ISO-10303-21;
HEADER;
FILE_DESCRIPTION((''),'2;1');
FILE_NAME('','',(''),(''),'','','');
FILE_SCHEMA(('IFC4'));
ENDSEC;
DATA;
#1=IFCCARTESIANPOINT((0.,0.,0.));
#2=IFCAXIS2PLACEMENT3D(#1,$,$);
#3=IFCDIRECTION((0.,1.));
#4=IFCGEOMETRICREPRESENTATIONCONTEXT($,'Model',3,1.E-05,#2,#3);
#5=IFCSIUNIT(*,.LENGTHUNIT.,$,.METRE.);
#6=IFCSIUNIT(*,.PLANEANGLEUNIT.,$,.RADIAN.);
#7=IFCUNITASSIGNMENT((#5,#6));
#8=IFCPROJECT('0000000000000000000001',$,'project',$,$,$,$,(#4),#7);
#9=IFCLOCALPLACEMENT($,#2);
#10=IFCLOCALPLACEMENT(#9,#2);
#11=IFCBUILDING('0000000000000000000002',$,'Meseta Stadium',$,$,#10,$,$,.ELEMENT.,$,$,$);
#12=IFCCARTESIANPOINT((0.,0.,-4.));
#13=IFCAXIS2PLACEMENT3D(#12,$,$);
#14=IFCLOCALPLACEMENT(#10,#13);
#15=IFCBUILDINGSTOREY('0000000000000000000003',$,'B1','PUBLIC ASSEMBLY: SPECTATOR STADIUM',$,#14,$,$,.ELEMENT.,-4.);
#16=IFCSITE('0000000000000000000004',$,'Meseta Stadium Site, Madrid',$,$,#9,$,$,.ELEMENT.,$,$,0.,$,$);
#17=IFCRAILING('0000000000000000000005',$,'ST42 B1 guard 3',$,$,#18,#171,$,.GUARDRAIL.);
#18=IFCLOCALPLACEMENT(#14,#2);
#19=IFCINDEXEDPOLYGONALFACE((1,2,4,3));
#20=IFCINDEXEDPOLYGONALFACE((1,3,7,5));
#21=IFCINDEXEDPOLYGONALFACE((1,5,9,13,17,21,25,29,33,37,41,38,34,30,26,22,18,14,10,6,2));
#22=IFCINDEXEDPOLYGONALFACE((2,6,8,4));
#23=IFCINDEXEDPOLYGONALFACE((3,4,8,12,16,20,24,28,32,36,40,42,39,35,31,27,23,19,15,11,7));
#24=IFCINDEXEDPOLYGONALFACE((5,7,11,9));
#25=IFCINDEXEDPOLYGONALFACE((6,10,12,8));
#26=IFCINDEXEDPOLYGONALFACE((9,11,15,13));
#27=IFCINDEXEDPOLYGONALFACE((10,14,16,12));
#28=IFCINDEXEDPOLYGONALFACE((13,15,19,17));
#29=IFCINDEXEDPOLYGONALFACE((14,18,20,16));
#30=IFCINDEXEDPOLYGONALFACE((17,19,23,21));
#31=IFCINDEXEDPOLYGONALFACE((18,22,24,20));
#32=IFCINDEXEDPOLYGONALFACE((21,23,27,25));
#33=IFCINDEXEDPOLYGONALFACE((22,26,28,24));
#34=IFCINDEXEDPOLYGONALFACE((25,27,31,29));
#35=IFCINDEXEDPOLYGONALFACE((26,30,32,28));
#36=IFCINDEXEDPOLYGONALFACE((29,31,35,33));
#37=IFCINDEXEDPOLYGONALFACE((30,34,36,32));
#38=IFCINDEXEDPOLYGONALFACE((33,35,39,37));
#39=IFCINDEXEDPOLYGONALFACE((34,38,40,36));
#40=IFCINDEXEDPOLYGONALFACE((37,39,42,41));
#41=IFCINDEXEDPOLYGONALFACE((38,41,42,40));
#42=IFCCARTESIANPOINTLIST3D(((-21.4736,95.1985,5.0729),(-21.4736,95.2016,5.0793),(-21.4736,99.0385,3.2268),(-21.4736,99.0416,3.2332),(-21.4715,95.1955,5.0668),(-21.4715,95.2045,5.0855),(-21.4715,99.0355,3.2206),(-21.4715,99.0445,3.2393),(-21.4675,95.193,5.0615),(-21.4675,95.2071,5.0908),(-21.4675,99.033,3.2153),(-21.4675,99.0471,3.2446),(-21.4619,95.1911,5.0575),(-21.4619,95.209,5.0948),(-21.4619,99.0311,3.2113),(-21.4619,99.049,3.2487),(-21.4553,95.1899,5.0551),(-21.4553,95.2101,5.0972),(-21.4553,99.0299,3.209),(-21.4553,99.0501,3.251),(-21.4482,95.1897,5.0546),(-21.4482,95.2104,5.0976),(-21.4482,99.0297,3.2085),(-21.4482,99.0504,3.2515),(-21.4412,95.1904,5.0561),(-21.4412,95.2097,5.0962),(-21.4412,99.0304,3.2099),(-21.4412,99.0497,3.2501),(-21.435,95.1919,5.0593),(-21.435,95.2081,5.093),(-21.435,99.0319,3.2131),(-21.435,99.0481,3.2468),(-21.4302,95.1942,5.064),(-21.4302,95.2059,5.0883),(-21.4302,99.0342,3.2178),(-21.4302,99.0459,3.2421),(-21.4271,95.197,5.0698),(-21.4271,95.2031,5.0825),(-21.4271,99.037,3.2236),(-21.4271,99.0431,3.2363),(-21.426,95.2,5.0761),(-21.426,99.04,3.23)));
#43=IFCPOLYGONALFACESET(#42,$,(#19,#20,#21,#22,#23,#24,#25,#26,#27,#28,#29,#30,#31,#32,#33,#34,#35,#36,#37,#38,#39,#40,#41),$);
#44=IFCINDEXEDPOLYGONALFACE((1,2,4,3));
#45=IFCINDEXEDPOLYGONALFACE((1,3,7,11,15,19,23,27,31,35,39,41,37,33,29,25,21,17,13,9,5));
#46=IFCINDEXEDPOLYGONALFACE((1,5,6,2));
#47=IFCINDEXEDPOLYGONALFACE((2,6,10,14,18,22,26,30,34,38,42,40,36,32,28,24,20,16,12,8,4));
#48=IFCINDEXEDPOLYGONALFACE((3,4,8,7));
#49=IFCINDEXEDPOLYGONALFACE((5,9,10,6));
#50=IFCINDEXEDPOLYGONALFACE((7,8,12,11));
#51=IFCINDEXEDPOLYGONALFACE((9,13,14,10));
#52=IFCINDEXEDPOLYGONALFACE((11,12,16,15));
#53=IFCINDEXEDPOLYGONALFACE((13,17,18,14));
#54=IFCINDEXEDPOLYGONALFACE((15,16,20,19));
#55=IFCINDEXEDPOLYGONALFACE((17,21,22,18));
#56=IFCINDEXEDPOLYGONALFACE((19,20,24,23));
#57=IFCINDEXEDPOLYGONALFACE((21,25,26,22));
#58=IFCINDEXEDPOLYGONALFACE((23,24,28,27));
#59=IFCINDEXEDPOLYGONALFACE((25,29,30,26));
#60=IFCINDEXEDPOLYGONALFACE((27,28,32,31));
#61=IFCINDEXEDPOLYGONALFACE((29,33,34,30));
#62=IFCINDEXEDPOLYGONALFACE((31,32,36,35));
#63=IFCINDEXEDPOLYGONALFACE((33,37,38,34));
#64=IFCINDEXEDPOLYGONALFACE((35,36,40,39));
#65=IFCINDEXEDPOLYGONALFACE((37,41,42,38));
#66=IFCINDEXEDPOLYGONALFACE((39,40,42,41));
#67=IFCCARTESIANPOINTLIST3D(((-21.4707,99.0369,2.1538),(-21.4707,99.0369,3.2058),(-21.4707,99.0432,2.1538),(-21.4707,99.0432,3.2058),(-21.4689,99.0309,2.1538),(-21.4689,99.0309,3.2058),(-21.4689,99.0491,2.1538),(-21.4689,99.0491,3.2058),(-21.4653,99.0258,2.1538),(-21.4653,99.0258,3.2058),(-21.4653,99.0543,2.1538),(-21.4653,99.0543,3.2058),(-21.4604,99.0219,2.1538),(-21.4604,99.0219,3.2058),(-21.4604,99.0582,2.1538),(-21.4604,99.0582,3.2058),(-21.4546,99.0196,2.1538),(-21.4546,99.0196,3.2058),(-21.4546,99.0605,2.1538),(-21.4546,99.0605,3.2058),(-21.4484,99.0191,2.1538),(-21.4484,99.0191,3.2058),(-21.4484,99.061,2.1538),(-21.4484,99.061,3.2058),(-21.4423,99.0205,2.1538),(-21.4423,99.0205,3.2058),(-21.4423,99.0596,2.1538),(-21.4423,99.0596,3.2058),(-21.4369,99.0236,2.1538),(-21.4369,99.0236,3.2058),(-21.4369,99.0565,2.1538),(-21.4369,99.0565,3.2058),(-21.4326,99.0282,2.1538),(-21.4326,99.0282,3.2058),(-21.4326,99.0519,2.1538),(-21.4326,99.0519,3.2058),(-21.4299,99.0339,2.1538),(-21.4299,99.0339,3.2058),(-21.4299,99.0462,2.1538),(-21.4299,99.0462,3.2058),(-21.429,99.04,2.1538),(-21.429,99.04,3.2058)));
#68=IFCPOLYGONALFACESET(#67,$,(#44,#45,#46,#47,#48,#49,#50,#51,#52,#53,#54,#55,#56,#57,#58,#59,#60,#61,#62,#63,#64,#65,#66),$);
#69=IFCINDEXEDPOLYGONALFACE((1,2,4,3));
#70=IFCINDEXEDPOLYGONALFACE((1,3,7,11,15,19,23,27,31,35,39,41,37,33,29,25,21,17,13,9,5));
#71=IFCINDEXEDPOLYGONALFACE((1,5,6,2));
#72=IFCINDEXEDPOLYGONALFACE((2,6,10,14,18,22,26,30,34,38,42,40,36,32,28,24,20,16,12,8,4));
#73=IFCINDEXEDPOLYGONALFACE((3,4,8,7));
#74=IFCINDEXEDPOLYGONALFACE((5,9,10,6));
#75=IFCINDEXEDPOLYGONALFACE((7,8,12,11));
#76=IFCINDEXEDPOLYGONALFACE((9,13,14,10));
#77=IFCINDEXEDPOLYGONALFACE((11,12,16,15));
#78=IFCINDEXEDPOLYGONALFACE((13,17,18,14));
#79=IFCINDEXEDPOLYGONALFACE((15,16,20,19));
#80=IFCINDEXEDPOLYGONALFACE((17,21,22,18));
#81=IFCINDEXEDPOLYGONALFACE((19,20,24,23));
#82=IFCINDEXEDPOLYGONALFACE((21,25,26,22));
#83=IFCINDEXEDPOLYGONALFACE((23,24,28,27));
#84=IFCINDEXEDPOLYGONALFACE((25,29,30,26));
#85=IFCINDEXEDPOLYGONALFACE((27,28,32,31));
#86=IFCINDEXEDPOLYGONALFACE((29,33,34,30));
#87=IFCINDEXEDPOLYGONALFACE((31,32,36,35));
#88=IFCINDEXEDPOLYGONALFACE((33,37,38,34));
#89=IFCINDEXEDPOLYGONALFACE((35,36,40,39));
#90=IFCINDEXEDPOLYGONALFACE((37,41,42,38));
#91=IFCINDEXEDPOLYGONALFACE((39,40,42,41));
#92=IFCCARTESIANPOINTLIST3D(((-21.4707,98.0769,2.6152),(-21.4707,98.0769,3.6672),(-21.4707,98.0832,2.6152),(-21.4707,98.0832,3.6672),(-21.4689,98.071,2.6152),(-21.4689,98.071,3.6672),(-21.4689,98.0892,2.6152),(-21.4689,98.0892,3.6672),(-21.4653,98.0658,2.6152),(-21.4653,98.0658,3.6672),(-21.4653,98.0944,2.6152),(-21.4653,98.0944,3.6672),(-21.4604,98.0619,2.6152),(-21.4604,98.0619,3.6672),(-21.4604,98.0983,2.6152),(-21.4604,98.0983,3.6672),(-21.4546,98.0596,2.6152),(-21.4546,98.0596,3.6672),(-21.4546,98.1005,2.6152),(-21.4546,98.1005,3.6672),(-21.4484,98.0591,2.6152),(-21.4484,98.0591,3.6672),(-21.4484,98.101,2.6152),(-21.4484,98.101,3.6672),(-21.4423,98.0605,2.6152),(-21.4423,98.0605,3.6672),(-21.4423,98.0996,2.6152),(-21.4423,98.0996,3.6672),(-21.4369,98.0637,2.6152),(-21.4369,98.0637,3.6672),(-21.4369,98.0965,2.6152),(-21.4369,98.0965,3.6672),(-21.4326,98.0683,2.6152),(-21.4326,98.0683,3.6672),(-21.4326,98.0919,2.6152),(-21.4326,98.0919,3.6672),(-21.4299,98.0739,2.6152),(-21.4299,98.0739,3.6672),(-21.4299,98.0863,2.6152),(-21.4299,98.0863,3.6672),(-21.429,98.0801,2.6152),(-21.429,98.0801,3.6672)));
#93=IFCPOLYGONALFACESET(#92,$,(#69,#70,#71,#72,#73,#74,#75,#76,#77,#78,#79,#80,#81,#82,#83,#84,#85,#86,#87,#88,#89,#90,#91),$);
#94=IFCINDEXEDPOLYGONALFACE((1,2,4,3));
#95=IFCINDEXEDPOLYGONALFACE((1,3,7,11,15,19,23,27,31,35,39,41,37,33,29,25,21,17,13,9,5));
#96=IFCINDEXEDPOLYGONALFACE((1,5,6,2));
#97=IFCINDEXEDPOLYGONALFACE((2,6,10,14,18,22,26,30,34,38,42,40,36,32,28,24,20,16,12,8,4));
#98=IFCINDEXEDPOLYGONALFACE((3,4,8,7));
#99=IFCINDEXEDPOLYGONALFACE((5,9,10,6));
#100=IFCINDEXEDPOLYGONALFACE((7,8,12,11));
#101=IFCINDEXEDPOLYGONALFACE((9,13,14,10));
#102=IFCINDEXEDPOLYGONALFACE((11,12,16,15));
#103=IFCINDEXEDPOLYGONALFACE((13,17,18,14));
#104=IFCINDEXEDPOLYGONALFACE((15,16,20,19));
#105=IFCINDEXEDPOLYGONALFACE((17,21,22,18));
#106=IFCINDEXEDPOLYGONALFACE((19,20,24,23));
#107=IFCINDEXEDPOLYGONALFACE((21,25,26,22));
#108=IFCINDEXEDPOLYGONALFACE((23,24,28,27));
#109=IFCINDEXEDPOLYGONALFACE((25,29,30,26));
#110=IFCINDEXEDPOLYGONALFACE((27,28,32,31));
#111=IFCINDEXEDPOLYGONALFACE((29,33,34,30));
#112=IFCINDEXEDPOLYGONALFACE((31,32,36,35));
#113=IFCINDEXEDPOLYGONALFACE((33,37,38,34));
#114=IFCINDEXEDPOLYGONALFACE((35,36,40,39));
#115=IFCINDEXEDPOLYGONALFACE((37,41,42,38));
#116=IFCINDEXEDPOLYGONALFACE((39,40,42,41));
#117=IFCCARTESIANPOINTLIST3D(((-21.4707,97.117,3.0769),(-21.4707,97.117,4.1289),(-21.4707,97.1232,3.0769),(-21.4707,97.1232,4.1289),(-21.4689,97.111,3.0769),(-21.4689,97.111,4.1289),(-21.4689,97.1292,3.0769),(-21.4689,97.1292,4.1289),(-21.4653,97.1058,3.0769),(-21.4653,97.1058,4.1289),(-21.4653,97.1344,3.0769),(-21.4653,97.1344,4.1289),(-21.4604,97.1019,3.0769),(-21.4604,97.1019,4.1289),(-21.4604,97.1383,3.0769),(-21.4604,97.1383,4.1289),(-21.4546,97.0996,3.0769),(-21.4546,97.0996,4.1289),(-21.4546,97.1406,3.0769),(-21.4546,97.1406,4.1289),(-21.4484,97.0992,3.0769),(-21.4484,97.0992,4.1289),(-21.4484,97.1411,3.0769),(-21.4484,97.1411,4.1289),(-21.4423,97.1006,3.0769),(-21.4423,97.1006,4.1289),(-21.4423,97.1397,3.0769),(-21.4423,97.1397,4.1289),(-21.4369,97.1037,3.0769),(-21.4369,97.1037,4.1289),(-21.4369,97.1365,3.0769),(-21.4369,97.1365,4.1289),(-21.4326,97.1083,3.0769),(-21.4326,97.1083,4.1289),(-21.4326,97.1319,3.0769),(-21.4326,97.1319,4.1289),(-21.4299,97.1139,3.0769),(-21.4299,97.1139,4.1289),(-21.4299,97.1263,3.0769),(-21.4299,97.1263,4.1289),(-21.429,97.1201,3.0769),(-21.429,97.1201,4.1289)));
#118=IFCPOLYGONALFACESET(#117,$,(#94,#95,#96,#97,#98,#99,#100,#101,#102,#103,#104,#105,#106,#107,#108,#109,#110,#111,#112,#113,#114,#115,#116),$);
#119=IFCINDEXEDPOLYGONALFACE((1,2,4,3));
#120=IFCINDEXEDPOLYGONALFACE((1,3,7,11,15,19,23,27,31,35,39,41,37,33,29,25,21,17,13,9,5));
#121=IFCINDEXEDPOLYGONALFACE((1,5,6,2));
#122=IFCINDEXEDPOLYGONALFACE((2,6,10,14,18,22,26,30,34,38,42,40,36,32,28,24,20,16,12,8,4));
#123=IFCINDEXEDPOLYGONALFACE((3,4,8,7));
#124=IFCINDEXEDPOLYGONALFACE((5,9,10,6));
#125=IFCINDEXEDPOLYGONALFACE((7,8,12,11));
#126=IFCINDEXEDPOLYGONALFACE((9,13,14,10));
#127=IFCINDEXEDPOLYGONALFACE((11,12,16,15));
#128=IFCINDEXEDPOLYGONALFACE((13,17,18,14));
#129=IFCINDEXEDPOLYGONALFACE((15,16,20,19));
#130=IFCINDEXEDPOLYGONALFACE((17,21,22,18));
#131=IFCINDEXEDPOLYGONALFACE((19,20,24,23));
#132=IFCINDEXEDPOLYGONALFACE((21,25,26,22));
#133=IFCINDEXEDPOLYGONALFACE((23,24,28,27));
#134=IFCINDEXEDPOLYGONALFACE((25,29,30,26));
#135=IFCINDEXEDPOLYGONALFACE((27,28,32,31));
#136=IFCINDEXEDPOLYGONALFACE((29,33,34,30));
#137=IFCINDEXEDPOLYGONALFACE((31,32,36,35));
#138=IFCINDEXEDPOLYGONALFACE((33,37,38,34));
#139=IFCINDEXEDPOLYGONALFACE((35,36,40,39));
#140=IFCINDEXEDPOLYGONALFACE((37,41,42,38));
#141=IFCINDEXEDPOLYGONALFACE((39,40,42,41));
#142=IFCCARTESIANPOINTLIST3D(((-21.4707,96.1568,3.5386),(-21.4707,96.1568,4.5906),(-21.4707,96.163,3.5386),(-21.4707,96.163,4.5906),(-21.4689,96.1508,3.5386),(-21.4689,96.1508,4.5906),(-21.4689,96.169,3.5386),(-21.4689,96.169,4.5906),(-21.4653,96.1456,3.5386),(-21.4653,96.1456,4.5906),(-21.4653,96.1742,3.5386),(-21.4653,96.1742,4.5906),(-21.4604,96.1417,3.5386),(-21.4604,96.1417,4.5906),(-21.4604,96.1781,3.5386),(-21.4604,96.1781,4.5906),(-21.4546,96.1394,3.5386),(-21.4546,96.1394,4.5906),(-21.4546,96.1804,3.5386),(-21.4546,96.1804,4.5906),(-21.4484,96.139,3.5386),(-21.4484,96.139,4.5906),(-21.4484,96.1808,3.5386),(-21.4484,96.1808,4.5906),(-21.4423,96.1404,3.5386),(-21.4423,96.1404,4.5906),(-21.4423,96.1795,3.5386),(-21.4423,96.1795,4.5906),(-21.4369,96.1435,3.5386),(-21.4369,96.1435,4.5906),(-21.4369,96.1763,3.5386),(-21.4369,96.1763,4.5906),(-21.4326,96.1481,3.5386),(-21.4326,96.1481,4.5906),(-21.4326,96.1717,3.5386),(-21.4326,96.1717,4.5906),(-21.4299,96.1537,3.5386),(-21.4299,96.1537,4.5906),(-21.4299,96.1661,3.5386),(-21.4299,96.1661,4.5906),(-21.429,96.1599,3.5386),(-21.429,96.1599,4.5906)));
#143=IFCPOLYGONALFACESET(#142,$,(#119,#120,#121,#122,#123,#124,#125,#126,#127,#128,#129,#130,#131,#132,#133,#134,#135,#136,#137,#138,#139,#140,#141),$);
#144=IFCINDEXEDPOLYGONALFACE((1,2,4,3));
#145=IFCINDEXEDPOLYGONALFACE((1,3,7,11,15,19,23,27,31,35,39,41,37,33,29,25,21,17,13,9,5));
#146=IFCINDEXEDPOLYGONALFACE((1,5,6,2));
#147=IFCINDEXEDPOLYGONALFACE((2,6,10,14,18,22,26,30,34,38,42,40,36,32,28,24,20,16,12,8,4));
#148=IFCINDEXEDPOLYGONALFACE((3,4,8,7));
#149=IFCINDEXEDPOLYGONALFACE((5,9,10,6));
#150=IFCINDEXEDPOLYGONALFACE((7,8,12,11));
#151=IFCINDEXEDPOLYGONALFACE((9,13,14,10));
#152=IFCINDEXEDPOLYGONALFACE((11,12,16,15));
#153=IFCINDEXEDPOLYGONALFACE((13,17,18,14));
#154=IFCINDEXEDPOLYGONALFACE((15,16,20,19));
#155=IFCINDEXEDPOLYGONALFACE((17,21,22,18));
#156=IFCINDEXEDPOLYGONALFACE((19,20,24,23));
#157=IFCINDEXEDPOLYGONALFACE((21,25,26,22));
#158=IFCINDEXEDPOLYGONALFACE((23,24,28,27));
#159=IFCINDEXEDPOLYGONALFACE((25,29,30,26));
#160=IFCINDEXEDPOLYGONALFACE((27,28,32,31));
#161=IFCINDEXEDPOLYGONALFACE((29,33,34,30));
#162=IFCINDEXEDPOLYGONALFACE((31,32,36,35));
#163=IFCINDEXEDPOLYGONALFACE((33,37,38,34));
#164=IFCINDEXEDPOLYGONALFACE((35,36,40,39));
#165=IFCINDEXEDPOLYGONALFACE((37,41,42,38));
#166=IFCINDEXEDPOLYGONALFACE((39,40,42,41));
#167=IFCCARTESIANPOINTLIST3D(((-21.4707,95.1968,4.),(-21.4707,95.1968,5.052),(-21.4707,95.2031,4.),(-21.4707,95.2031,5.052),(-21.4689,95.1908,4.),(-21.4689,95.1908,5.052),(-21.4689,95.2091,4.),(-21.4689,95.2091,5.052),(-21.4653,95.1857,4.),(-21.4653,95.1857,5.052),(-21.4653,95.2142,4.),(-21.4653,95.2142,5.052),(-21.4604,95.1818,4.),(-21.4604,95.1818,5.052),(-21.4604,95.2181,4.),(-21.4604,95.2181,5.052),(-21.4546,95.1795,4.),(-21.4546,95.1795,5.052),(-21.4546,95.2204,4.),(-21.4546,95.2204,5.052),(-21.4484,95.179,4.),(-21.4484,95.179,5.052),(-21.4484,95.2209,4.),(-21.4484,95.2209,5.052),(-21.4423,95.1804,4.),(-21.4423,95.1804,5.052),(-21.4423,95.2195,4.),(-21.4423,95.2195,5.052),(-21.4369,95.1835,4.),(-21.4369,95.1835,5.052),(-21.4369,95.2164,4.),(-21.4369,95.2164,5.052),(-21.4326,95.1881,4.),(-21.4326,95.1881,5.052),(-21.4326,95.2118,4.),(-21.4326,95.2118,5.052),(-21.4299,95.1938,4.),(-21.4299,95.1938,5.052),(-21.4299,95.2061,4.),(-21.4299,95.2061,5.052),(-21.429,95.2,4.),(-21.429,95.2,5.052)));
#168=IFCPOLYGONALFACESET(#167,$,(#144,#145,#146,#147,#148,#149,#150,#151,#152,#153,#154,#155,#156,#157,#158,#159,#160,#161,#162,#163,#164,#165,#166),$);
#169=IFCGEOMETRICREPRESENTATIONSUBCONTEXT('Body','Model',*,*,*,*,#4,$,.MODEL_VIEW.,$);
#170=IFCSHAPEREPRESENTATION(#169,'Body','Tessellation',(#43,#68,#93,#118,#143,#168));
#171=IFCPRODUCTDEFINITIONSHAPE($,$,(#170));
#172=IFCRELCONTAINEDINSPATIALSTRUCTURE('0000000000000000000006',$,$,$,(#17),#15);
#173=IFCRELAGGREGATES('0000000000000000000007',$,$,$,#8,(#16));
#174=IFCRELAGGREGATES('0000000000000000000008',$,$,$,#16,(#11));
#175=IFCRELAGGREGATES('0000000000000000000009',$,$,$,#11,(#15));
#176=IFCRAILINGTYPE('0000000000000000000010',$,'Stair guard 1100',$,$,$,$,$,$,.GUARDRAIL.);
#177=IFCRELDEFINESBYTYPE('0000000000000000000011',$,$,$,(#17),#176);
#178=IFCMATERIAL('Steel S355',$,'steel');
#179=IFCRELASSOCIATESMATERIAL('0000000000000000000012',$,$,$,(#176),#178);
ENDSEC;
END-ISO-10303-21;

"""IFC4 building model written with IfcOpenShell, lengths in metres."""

from ifc_helpers import new_model, si_unit, direction, frame, origin, origin_2d, place, context, subcontext, project, spatial, circle, extrude, material, type_object, element, save


model = new_model("IFC4")

# Units and contexts
model_context = context("Model", 3, precision=1e-05, world=origin(), true_north=direction((0.0, 1.0)))
body_context = subcontext(model_context, "Body", "Model", "MODEL_VIEW")
ifc_project = project(units=[si_unit("LENGTHUNIT", "METRE"), si_unit("PLANEANGLEUNIT", "RADIAN")], contexts=[model_context])

# Site, building, storey
site_placement = place(None, origin())
site = spatial("IfcSite", under=ifc_project, at=site_placement, Name="Meseta Stadium Site, Madrid", CompositionType="ELEMENT", RefElevation=0.0)
building_placement = place(site_placement, origin())
building = spatial("IfcBuilding", under=site, at=building_placement, Name="Meseta Stadium", CompositionType="ELEMENT")
storey_placement = place(building_placement, frame((0.0, 0.0, -4.0)))
storey = spatial("IfcBuildingStorey", under=building, at=storey_placement, Name="B1", Description="PUBLIC ASSEMBLY: SPECTATOR STADIUM", CompositionType="ELEMENT", Elevation=-4.0)

# Railing
ifc_material_1 = material(Name="Steel S355", Category="steel")
railing_type_1 = type_object("IfcRailingType", Name="Stair guard 1100", PredefinedType="GUARDRAIL", material=ifc_material_1)
railing_1_placement = place(storey_placement, frame((-21.45, 99.04, 2.1538)))
element("IfcRailing", 1, at=railing_1_placement, inside=storey, type_object=railing_type_1, Name="ST42 B1 guard 3", PredefinedType="GUARDRAIL", context=body_context, shape_type="SweptSolid", body=[
    extrude(circle(Radius=0.0239, at=origin_2d()), frame((0.0, 0.0, 1.0762), z_axis=(0.0, -0.901253, 0.433294), x_axis=(1.0, 0.0, 0.0)), (0.0, 0.0, 1.0), 4.2607),
    extrude(circle(Radius=0.021, at=origin_2d()), origin(), (0.0, 0.0, 1.0), 1.052),
    extrude(circle(Radius=0.021, at=origin_2d()), frame((0.0, -0.96, 0.4614)), (0.0, 0.0, 1.0), 1.052),
    extrude(circle(Radius=0.021, at=origin_2d()), frame((0.0, -1.9199, 0.9231)), (0.0, 0.0, 1.0), 1.052),
    extrude(circle(Radius=0.021, at=origin_2d()), frame((0.0, -2.8801, 1.3848)), (0.0, 0.0, 1.0), 1.052),
    extrude(circle(Radius=0.021, at=origin_2d()), frame((0.0, -3.8401, 1.8462)), (0.0, 0.0, 1.0), 1.052),
])

save(model, "model.ifc")
